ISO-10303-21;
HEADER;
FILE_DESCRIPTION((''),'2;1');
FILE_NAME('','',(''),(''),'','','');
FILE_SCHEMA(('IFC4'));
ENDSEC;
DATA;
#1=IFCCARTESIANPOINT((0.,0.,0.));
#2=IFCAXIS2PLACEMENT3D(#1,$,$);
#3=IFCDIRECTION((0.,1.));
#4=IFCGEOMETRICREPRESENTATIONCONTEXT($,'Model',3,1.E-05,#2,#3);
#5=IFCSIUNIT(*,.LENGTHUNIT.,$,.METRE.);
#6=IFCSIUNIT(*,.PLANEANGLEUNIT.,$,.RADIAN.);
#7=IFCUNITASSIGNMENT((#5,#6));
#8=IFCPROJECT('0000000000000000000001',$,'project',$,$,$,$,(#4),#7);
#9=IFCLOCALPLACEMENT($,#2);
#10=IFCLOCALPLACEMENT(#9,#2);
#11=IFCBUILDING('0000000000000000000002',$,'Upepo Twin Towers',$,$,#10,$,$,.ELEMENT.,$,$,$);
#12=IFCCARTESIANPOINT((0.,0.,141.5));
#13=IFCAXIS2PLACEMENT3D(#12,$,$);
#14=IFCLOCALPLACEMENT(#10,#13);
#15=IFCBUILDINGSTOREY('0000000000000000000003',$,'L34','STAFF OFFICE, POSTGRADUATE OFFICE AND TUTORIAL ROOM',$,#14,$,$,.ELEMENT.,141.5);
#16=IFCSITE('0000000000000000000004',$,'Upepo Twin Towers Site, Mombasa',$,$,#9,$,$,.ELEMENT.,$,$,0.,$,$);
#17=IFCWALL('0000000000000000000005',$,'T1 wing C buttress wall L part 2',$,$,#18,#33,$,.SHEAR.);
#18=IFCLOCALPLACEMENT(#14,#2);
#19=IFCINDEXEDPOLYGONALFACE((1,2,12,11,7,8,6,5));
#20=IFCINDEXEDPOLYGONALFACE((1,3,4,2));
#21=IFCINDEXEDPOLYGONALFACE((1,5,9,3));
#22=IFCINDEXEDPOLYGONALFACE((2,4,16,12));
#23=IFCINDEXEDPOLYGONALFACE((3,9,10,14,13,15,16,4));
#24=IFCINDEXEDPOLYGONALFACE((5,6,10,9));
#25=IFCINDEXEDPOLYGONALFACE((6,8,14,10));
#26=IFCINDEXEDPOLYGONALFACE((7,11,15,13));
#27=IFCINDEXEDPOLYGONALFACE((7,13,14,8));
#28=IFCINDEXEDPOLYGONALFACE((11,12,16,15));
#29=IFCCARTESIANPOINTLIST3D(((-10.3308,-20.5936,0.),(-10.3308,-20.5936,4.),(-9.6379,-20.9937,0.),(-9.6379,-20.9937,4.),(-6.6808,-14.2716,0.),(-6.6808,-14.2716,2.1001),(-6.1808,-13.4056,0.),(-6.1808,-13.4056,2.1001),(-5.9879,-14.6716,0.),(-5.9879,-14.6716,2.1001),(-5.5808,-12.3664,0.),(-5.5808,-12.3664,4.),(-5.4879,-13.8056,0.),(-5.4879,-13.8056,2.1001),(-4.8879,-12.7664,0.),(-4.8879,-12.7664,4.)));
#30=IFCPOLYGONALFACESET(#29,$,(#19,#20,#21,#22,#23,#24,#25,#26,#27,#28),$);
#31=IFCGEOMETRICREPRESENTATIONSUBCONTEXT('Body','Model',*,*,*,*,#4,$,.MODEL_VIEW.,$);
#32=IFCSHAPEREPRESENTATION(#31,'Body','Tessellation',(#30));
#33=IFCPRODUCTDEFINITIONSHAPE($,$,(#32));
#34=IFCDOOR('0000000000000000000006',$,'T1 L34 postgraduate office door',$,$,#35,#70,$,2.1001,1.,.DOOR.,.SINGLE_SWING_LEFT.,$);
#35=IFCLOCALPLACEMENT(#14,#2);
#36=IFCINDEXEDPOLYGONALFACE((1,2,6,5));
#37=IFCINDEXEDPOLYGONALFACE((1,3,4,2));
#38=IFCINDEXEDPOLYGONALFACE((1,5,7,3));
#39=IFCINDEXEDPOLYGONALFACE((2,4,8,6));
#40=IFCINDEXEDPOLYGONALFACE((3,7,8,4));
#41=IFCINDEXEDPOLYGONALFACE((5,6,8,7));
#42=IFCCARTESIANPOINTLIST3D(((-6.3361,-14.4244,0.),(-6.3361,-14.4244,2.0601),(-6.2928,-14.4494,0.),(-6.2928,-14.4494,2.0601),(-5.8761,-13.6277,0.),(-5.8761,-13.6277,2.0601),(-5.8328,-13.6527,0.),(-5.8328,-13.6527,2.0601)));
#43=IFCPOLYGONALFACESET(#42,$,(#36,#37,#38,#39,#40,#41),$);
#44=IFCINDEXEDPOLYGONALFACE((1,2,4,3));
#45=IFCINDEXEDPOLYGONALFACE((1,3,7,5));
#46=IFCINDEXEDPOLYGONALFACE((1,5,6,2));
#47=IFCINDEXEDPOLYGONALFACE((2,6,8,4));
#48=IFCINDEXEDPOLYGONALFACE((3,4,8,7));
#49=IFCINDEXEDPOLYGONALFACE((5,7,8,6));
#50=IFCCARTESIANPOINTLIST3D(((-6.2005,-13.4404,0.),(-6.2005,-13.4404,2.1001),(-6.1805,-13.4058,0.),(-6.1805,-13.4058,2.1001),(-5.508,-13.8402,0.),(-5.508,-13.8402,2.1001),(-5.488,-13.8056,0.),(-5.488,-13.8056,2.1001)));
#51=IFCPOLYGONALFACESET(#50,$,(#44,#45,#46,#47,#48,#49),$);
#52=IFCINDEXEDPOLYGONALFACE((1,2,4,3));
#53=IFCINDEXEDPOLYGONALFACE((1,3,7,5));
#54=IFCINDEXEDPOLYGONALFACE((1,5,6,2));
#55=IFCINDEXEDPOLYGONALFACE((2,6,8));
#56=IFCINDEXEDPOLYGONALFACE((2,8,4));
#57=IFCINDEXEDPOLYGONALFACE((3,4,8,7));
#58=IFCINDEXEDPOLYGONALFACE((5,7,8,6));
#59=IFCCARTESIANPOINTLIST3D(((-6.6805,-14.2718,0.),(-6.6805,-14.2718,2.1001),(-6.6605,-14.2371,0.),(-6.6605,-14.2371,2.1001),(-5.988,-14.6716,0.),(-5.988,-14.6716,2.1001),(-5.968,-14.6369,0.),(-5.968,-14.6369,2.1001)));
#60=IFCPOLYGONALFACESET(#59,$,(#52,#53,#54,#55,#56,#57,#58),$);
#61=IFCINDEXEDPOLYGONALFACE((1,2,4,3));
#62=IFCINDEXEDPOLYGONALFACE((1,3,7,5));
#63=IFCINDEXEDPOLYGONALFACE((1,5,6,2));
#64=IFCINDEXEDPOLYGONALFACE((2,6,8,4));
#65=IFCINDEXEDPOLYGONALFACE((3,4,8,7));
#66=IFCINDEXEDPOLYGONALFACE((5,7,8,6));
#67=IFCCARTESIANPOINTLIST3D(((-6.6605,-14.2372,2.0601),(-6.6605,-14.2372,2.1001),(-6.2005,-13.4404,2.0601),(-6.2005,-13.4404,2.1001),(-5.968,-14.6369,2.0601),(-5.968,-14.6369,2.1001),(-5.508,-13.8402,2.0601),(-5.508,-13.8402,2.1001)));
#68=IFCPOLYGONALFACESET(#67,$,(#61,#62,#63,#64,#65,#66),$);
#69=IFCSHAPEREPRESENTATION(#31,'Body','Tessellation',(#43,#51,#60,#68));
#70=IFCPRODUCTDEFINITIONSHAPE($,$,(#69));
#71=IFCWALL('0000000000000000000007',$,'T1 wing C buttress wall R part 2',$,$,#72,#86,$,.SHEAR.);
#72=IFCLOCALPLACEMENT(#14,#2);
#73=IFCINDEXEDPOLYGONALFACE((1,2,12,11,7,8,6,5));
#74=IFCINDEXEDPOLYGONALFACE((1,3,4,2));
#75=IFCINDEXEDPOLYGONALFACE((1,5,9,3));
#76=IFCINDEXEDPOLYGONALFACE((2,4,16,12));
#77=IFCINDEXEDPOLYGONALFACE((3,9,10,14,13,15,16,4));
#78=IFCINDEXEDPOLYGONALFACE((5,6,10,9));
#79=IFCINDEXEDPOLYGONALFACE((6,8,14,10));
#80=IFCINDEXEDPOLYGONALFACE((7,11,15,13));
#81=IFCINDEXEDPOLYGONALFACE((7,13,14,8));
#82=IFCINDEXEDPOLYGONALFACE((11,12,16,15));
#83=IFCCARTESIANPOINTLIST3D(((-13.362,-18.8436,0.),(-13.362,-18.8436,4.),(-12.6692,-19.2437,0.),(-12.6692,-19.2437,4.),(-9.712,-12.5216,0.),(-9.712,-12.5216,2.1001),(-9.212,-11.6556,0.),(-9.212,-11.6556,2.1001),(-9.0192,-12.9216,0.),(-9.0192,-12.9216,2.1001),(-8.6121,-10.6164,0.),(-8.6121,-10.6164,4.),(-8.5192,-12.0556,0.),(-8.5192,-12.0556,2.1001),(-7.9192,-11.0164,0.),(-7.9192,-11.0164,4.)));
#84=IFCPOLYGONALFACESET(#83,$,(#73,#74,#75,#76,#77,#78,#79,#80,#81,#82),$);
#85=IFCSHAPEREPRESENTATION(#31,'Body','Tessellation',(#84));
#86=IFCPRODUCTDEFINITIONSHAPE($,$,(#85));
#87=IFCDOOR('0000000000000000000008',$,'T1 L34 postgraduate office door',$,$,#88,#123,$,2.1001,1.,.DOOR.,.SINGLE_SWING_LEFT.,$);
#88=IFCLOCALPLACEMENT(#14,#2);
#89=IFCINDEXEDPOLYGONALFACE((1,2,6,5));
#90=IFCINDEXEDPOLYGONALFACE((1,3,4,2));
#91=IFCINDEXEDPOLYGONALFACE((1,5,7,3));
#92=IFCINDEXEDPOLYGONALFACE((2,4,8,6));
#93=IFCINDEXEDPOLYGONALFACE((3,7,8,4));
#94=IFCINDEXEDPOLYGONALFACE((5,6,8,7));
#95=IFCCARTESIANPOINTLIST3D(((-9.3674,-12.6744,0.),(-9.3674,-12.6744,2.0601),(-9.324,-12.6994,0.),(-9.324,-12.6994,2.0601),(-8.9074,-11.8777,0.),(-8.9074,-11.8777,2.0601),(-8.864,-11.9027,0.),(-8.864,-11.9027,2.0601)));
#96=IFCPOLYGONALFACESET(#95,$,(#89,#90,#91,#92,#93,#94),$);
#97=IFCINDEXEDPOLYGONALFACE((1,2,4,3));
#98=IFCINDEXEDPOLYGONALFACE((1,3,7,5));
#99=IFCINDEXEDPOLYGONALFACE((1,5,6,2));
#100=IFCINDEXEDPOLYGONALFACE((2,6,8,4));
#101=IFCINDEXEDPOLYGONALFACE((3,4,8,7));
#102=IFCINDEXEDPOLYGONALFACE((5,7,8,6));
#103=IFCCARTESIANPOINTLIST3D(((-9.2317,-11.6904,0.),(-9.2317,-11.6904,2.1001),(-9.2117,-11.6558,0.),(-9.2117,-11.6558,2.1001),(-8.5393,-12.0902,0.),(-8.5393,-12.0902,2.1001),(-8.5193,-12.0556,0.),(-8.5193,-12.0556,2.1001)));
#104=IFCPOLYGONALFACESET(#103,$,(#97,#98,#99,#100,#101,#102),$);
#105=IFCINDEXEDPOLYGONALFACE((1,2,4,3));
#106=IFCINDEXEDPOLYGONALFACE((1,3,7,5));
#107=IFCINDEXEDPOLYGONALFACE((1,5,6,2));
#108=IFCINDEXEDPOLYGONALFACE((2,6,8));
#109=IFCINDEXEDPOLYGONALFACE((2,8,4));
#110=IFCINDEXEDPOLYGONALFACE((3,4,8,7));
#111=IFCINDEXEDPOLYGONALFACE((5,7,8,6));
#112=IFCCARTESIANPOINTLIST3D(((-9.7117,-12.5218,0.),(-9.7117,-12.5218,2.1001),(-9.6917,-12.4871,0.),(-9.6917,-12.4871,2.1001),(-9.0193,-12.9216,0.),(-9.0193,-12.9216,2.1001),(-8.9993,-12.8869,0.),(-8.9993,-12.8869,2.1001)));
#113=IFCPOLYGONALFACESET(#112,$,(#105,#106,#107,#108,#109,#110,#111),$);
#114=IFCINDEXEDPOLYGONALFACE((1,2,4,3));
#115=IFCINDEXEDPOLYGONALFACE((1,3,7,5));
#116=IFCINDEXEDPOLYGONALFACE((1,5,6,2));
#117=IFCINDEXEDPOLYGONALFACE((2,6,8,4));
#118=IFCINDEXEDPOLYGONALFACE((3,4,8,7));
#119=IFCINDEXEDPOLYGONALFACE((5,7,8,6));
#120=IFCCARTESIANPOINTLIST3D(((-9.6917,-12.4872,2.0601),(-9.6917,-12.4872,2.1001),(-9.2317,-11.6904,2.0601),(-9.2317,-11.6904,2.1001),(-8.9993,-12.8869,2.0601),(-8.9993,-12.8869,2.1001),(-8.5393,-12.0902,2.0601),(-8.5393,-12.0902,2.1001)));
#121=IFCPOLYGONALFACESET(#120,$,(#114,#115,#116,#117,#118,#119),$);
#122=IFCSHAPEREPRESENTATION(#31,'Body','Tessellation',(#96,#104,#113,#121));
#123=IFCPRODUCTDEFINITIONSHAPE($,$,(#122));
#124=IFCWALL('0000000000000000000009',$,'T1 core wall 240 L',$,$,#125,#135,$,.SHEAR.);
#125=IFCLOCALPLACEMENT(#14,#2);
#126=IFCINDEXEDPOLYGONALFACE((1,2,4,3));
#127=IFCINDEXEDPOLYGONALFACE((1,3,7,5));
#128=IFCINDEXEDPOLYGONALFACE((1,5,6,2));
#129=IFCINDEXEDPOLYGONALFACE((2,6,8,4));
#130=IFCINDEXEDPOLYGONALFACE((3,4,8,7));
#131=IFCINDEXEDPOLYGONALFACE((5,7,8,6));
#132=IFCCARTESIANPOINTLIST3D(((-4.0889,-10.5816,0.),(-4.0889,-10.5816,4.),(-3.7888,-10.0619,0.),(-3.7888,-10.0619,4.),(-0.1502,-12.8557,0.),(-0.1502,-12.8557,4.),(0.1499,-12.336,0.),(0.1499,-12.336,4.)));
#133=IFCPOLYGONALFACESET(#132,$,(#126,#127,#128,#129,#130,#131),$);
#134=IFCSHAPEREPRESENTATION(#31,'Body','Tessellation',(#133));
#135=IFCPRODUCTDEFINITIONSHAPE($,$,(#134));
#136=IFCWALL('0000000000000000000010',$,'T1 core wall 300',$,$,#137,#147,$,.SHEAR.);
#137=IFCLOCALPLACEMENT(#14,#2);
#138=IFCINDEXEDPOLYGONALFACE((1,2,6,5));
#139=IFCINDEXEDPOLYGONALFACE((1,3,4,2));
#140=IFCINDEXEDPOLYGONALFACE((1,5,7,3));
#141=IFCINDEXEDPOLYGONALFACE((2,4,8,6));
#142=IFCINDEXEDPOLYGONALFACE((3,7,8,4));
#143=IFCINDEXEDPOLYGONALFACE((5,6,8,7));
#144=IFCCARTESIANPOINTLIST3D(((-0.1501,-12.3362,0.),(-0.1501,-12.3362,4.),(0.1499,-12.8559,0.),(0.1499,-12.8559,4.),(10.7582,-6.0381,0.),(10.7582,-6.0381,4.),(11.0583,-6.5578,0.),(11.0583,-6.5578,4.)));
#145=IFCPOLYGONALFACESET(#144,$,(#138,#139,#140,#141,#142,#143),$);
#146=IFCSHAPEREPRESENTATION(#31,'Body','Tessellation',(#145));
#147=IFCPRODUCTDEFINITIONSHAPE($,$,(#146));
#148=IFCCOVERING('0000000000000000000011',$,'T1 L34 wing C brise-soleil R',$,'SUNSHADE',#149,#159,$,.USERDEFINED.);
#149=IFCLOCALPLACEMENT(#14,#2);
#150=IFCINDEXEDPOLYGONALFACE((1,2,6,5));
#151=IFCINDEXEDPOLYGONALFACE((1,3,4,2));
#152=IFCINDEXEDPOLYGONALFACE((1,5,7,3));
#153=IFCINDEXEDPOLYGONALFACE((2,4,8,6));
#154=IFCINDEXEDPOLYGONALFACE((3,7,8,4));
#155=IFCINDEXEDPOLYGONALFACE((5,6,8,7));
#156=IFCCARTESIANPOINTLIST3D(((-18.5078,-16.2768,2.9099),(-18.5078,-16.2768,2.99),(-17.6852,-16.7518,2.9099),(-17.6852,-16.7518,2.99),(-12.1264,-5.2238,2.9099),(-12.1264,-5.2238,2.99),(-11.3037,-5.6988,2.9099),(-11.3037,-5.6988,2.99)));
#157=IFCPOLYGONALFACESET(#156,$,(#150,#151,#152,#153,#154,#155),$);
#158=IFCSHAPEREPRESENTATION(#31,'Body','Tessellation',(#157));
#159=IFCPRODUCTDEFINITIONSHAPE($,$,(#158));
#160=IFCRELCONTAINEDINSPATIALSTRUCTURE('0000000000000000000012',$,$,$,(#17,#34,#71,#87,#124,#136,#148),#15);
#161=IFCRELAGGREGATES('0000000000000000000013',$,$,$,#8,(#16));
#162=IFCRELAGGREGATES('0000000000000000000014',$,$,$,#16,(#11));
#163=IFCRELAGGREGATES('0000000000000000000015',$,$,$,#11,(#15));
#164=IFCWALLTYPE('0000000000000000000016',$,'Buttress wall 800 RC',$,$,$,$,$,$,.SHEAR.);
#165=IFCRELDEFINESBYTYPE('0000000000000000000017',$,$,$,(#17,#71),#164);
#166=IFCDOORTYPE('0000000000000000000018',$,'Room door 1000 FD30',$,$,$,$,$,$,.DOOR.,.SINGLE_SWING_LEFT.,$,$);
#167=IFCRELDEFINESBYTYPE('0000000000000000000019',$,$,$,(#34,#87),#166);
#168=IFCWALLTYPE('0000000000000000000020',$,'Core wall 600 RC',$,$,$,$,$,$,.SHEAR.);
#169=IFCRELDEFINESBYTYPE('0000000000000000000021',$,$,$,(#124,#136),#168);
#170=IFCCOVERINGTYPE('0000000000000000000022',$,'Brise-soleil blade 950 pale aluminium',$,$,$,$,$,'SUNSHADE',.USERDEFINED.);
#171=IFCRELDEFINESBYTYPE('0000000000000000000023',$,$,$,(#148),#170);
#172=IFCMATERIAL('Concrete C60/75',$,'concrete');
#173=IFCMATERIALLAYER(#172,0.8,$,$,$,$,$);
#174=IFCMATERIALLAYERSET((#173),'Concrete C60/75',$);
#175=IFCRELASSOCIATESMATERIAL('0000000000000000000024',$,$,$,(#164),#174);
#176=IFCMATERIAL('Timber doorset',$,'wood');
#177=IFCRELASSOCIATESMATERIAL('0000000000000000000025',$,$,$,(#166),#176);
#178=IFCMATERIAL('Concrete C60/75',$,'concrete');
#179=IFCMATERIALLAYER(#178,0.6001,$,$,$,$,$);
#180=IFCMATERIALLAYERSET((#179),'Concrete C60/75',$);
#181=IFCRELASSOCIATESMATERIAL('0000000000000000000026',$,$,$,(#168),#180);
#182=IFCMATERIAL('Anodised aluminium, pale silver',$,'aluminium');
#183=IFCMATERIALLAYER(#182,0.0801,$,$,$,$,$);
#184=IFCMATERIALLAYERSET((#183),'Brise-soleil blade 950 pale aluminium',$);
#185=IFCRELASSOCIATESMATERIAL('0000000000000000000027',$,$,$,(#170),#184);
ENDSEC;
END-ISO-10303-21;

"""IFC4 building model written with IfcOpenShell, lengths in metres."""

from ifc_helpers import new_model, si_unit, direction, frame, frame_2d, origin, origin_2d, place, context, subcontext, project, spatial, rectangle, extrude, material, layer, layer_set, type_object, element, fill, save


model = new_model("IFC4")

# Units and contexts
model_context = context("Model", 3, precision=1e-05, world=origin(), true_north=direction((0.0, 1.0)))
body_context = subcontext(model_context, "Body", "Model", "MODEL_VIEW")
ifc_project = project(units=[si_unit("LENGTHUNIT", "METRE"), si_unit("PLANEANGLEUNIT", "RADIAN")], contexts=[model_context])

# Site, building, storey
site_placement = place(None, origin())
site = spatial("IfcSite", under=ifc_project, at=site_placement, Name="Upepo Twin Towers Site, Mombasa", CompositionType="ELEMENT", RefElevation=0.0)
building_placement = place(site_placement, origin())
building = spatial("IfcBuilding", under=site, at=building_placement, Name="Upepo Twin Towers", CompositionType="ELEMENT")
storey_placement = place(building_placement, frame((0.0, 0.0, 141.5)))
storey = spatial("IfcBuildingStorey", under=building, at=storey_placement, Name="L34", Description="STAFF OFFICE, POSTGRADUATE OFFICE AND TUTORIAL ROOM", CompositionType="ELEMENT", Elevation=141.5)

# Walls, openings, doors
ifc_material_1 = material(Name="Concrete C60/75", Category="concrete")
ifc_layer_1 = layer(ifc_material_1, 0.8)
ifc_layer_set_1 = layer_set([ifc_layer_1], Name="Concrete C60/75")
wall_type_1 = type_object("IfcWallType", Name="Buttress wall 800 RC", PredefinedType="SHEAR", material=ifc_layer_set_1)
wall_1_placement = place(storey_placement, frame((-5.2344, -12.5664, 0.0), z_axis=(0.0, 0.0, 1.0), x_axis=(-0.499998, -0.866027, 0.0)))
wall_1 = element("IfcWall", 1, at=wall_1_placement, inside=storey, type_object=wall_type_1, Name="T1 wing C buttress wall L part 2", PredefinedType="SHEAR", context=body_context, shape_type="SweptSolid", body=[
    extrude(rectangle(XDim=9.5, YDim=0.8, at=frame_2d((4.75, 0.0))), origin(), (0.0, 0.0, 1.0), 4.0),
])
opening_1_placement = place(wall_1_placement, frame((1.2, 0.0, 0.0)))
opening_1 = element("IfcOpeningElement", 2, at=opening_1_placement, cuts=wall_1, PredefinedType="OPENING", context=body_context, shape_type="SweptSolid", body=[
    extrude(rectangle(XDim=1.0, YDim=2.1001, at=frame_2d((0.5, 1.05))), frame((0.0, 0.4099, 0.0), z_axis=(0.0, -1.0, 0.0), x_axis=(1.0, 0.0, 0.0)), (0.0, 0.0, 1.0), 0.8201),
])
ifc_material_2 = material(Name="Timber doorset", Category="wood")
door_type = type_object("IfcDoorType", Name="Room door 1000 FD30", OperationType="SINGLE_SWING_LEFT", PredefinedType="DOOR", material=ifc_material_2)
door_1_placement = place(opening_1_placement, origin())
door_1 = element("IfcDoor", 3, at=door_1_placement, inside=storey, type_object=door_type, Name="T1 L34 postgraduate office door", OperationType="SINGLE_SWING_LEFT", OverallHeight=2.1001, OverallWidth=1.0, PredefinedType="DOOR", context=body_context, shape_type="SweptSolid", body=[
    extrude(rectangle(XDim=0.92, YDim=2.0601, at=frame_2d((0.5, 1.03))), frame((0.0, 0.0249, 0.0), z_axis=(0.0, -1.0, 0.0), x_axis=(1.0, 0.0, 0.0)), (0.0, 0.0, 1.0), 0.05),
    extrude(rectangle(XDim=0.04, YDim=2.1001, at=frame_2d((0.02, 1.05))), frame((0.0, 0.3999, 0.0), z_axis=(0.0, -1.0, 0.0), x_axis=(1.0, 0.0, 0.0)), (0.0, 0.0, 1.0), 0.7996),
    extrude(rectangle(XDim=0.04, YDim=2.1001, at=frame_2d((0.98, 1.05))), frame((0.0, 0.3999, 0.0), z_axis=(0.0, -1.0, 0.0), x_axis=(1.0, 0.0, 0.0)), (0.0, 0.0, 1.0), 0.7996),
    extrude(rectangle(XDim=0.92, YDim=0.04, at=frame_2d((0.5, 2.0801))), frame((0.0, 0.3999, 0.0), z_axis=(0.0, -1.0, 0.0), x_axis=(1.0, 0.0, 0.0)), (0.0, 0.0, 1.0), 0.7996),
])
fill(opening_1, door_1)
wall_2_placement = place(storey_placement, frame((-8.2656, -10.8164, 0.0), z_axis=(0.0, 0.0, 1.0), x_axis=(-0.499998, -0.866027, 0.0)))
wall_2 = element("IfcWall", 4, at=wall_2_placement, inside=storey, type_object=wall_type_1, Name="T1 wing C buttress wall R part 2", PredefinedType="SHEAR", context=body_context, shape_type="SweptSolid", body=[
    extrude(rectangle(XDim=9.5, YDim=0.8, at=frame_2d((4.75, 0.0))), origin(), (0.0, 0.0, 1.0), 4.0),
])
opening_2_placement = place(wall_2_placement, frame((1.2, 0.0, 0.0)))
opening_2 = element("IfcOpeningElement", 5, at=opening_2_placement, cuts=wall_2, PredefinedType="OPENING", context=body_context, shape_type="SweptSolid", body=[
    extrude(rectangle(XDim=1.0, YDim=2.1001, at=frame_2d((0.5, 1.05))), frame((0.0, 0.4099, 0.0), z_axis=(0.0, -1.0, 0.0), x_axis=(1.0, 0.0, 0.0)), (0.0, 0.0, 1.0), 0.8201),
])
door_2_placement = place(opening_2_placement, origin())
door_2 = element("IfcDoor", 6, at=door_2_placement, inside=storey, type_object=door_type, Name="T1 L34 postgraduate office door", OperationType="SINGLE_SWING_LEFT", OverallHeight=2.1001, OverallWidth=1.0, PredefinedType="DOOR", context=body_context, shape_type="SweptSolid", body=[
    extrude(rectangle(XDim=0.92, YDim=2.0601, at=frame_2d((0.5, 1.03))), frame((0.0, 0.0249, 0.0), z_axis=(0.0, -1.0, 0.0), x_axis=(1.0, 0.0, 0.0)), (0.0, 0.0, 1.0), 0.05),
    extrude(rectangle(XDim=0.04, YDim=2.1001, at=frame_2d((0.02, 1.05))), frame((0.0, 0.3999, 0.0), z_axis=(0.0, -1.0, 0.0), x_axis=(1.0, 0.0, 0.0)), (0.0, 0.0, 1.0), 0.7996),
    extrude(rectangle(XDim=0.04, YDim=2.1001, at=frame_2d((0.98, 1.05))), frame((0.0, 0.3999, 0.0), z_axis=(0.0, -1.0, 0.0), x_axis=(1.0, 0.0, 0.0)), (0.0, 0.0, 1.0), 0.7996),
    extrude(rectangle(XDim=0.92, YDim=0.04, at=frame_2d((0.5, 2.0801))), frame((0.0, 0.3999, 0.0), z_axis=(0.0, -1.0, 0.0), x_axis=(1.0, 0.0, 0.0)), (0.0, 0.0, 1.0), 0.7996),
])
fill(opening_2, door_2)

# Walls
ifc_material_3 = material(Name="Concrete C60/75", Category="concrete")
ifc_layer_2 = layer(ifc_material_3, 0.6001)
ifc_layer_set_2 = layer_set([ifc_layer_2], Name="Concrete C60/75")
wall_type_2 = type_object("IfcWallType", Name="Core wall 600 RC", PredefinedType="SHEAR", material=ifc_layer_set_2)
wall_3_placement = place(storey_placement, frame((-3.9387, -10.3218, 0.0), z_axis=(0.0, 0.0, 1.0), x_axis=(0.866011, -0.500024, 0.0)))
element("IfcWall", 7, at=wall_3_placement, inside=storey, type_object=wall_type_2, Name="T1 core wall 240 L", PredefinedType="SHEAR", context=body_context, shape_type="SweptSolid", body=[
    extrude(rectangle(XDim=4.5481, YDim=0.6001, at=frame_2d((2.2739, 0.0))), origin(), (0.0, 0.0, 1.0), 4.0),
])
wall_4_placement = place(storey_placement, frame((0.0, -12.5959, 0.0), z_axis=(0.0, 0.0, 1.0), x_axis=(0.866022, 0.500006, 0.0)))
element("IfcWall", 8, at=wall_4_placement, inside=storey, type_object=wall_type_2, Name="T1 core wall 300", PredefinedType="SHEAR", context=body_context, shape_type="SweptSolid", body=[
    extrude(rectangle(XDim=12.5959, YDim=0.6001, at=frame_2d((6.2979, 0.0))), origin(), (0.0, 0.0, 1.0), 4.0),
])

# Covering
ifc_material_4 = material(Name="Anodised aluminium, pale silver", Category="aluminium")
ifc_layer_3 = layer(ifc_material_4, 0.0801)
ifc_layer_set_3 = layer_set([ifc_layer_3], Name="Brise-soleil blade 950 pale aluminium")
covering_type = type_object("IfcCoveringType", Name="Brise-soleil blade 950 pale aluminium", ElementType="SUNSHADE", PredefinedType="USERDEFINED", material=ifc_layer_set_3)
covering_placement = place(storey_placement, frame((-14.9058, -10.9878, 2.9099), z_axis=(0.0, 0.0, 1.0), x_axis=(-0.5, -0.866025, 0.0)))
element("IfcCovering", 9, at=covering_placement, inside=storey, type_object=covering_type, Name="T1 L34 wing C brise-soleil R", ObjectType="SUNSHADE", PredefinedType="USERDEFINED", context=body_context, shape_type="SweptSolid", body=[
    extrude(rectangle(XDim=12.7629, YDim=0.95, at=origin_2d()), origin(), (0.0, 0.0, 1.0), 0.0801),
])

save(model, "model.ifc")
